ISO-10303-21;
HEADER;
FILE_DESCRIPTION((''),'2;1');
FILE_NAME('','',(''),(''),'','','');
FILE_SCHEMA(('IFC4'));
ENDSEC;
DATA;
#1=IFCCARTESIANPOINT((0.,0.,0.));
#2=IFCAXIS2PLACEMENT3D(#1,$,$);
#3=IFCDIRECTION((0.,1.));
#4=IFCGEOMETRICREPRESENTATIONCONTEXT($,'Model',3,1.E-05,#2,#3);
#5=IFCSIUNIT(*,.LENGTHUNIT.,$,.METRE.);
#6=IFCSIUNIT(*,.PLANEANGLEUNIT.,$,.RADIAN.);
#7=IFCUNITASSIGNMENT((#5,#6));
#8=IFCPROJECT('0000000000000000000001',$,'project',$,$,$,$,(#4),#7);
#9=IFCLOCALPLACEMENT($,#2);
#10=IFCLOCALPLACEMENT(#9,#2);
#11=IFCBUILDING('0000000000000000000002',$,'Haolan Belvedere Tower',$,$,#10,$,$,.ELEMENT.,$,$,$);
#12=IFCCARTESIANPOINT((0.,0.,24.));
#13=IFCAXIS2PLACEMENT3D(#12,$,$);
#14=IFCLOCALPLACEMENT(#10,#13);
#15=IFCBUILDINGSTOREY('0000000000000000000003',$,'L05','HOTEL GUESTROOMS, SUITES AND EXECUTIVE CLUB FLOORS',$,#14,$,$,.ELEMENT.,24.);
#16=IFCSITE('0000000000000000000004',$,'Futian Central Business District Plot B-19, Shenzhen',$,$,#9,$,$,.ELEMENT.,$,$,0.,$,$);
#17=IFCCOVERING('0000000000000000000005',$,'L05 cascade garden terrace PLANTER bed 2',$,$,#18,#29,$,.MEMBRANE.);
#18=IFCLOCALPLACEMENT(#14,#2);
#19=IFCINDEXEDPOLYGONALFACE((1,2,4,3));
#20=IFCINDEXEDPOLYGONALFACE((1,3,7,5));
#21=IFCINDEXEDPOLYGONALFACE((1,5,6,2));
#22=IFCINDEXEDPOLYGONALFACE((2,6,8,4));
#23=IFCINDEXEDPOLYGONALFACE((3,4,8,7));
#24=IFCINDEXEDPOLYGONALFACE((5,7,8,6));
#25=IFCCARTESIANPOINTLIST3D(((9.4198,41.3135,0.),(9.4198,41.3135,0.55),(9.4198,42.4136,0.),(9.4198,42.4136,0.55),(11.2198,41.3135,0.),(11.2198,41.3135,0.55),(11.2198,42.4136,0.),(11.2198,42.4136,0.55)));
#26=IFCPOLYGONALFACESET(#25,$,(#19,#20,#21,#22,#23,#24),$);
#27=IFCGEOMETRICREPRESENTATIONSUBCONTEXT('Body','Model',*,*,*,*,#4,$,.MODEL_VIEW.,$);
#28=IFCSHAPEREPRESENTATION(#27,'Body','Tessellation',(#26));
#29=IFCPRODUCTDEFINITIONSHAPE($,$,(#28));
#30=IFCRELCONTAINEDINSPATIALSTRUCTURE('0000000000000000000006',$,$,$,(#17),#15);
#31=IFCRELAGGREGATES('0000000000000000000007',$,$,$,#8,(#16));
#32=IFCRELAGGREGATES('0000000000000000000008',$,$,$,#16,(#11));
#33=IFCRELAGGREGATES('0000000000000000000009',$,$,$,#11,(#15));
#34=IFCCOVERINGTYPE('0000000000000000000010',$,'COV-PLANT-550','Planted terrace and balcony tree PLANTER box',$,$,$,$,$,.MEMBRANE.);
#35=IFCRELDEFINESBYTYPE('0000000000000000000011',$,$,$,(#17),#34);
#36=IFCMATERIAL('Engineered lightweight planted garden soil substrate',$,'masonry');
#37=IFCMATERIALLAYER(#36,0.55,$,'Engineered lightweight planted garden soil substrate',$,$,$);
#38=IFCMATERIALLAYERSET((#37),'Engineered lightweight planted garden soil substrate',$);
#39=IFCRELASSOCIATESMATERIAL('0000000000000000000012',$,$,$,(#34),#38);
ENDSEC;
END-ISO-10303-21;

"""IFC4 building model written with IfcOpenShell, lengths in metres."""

from ifc_helpers import new_model, si_unit, direction, frame, origin, origin_2d, place, context, subcontext, project, spatial, rectangle, extrude, material, layer, layer_set, type_object, element, save


model = new_model("IFC4")

# Units and contexts
model_context = context("Model", 3, precision=1e-05, world=origin(), true_north=direction((0.0, 1.0)))
body_context = subcontext(model_context, "Body", "Model", "MODEL_VIEW")
ifc_project = project(units=[si_unit("LENGTHUNIT", "METRE"), si_unit("PLANEANGLEUNIT", "RADIAN")], contexts=[model_context])

# Site, building, storey
site_placement = place(None, origin())
site = spatial("IfcSite", under=ifc_project, at=site_placement, Name="Futian Central Business District Plot B-19, Shenzhen", CompositionType="ELEMENT", RefElevation=0.0)
building_placement = place(site_placement, origin())
building = spatial("IfcBuilding", under=site, at=building_placement, Name="Haolan Belvedere Tower", CompositionType="ELEMENT")
storey_placement = place(building_placement, frame((0.0, 0.0, 24.0)))
storey = spatial("IfcBuildingStorey", under=building, at=storey_placement, Name="L05", Description="HOTEL GUESTROOMS, SUITES AND EXECUTIVE CLUB FLOORS", CompositionType="ELEMENT", Elevation=24.0)

# Covering
ifc_material_1 = material(Name="Engineered lightweight planted garden soil substrate", Category="masonry")
ifc_layer_1 = layer(ifc_material_1, 0.55, Name="Engineered lightweight planted garden soil substrate")
ifc_layer_set_1 = layer_set([ifc_layer_1], Name="Engineered lightweight planted garden soil substrate")
covering_type = type_object("IfcCoveringType", Name="COV-PLANT-550", Description="Planted terrace and balcony tree PLANTER box", PredefinedType="MEMBRANE", material=ifc_layer_set_1)
covering_placement = place(storey_placement, frame((10.3198, 41.8635, 0.0), z_axis=(0.0, 0.0, 1.0), x_axis=(1.0, 0.0, 0.0)))
element("IfcCovering", 1, at=covering_placement, inside=storey, type_object=covering_type, Name="L05 cascade garden terrace PLANTER bed 2", PredefinedType="MEMBRANE", context=body_context, shape_type="SweptSolid", body=[
    extrude(rectangle(XDim=1.8, YDim=1.1001, at=origin_2d()), origin(), (0.0, 0.0, 1.0), 0.55),
])

save(model, "model.ifc")
